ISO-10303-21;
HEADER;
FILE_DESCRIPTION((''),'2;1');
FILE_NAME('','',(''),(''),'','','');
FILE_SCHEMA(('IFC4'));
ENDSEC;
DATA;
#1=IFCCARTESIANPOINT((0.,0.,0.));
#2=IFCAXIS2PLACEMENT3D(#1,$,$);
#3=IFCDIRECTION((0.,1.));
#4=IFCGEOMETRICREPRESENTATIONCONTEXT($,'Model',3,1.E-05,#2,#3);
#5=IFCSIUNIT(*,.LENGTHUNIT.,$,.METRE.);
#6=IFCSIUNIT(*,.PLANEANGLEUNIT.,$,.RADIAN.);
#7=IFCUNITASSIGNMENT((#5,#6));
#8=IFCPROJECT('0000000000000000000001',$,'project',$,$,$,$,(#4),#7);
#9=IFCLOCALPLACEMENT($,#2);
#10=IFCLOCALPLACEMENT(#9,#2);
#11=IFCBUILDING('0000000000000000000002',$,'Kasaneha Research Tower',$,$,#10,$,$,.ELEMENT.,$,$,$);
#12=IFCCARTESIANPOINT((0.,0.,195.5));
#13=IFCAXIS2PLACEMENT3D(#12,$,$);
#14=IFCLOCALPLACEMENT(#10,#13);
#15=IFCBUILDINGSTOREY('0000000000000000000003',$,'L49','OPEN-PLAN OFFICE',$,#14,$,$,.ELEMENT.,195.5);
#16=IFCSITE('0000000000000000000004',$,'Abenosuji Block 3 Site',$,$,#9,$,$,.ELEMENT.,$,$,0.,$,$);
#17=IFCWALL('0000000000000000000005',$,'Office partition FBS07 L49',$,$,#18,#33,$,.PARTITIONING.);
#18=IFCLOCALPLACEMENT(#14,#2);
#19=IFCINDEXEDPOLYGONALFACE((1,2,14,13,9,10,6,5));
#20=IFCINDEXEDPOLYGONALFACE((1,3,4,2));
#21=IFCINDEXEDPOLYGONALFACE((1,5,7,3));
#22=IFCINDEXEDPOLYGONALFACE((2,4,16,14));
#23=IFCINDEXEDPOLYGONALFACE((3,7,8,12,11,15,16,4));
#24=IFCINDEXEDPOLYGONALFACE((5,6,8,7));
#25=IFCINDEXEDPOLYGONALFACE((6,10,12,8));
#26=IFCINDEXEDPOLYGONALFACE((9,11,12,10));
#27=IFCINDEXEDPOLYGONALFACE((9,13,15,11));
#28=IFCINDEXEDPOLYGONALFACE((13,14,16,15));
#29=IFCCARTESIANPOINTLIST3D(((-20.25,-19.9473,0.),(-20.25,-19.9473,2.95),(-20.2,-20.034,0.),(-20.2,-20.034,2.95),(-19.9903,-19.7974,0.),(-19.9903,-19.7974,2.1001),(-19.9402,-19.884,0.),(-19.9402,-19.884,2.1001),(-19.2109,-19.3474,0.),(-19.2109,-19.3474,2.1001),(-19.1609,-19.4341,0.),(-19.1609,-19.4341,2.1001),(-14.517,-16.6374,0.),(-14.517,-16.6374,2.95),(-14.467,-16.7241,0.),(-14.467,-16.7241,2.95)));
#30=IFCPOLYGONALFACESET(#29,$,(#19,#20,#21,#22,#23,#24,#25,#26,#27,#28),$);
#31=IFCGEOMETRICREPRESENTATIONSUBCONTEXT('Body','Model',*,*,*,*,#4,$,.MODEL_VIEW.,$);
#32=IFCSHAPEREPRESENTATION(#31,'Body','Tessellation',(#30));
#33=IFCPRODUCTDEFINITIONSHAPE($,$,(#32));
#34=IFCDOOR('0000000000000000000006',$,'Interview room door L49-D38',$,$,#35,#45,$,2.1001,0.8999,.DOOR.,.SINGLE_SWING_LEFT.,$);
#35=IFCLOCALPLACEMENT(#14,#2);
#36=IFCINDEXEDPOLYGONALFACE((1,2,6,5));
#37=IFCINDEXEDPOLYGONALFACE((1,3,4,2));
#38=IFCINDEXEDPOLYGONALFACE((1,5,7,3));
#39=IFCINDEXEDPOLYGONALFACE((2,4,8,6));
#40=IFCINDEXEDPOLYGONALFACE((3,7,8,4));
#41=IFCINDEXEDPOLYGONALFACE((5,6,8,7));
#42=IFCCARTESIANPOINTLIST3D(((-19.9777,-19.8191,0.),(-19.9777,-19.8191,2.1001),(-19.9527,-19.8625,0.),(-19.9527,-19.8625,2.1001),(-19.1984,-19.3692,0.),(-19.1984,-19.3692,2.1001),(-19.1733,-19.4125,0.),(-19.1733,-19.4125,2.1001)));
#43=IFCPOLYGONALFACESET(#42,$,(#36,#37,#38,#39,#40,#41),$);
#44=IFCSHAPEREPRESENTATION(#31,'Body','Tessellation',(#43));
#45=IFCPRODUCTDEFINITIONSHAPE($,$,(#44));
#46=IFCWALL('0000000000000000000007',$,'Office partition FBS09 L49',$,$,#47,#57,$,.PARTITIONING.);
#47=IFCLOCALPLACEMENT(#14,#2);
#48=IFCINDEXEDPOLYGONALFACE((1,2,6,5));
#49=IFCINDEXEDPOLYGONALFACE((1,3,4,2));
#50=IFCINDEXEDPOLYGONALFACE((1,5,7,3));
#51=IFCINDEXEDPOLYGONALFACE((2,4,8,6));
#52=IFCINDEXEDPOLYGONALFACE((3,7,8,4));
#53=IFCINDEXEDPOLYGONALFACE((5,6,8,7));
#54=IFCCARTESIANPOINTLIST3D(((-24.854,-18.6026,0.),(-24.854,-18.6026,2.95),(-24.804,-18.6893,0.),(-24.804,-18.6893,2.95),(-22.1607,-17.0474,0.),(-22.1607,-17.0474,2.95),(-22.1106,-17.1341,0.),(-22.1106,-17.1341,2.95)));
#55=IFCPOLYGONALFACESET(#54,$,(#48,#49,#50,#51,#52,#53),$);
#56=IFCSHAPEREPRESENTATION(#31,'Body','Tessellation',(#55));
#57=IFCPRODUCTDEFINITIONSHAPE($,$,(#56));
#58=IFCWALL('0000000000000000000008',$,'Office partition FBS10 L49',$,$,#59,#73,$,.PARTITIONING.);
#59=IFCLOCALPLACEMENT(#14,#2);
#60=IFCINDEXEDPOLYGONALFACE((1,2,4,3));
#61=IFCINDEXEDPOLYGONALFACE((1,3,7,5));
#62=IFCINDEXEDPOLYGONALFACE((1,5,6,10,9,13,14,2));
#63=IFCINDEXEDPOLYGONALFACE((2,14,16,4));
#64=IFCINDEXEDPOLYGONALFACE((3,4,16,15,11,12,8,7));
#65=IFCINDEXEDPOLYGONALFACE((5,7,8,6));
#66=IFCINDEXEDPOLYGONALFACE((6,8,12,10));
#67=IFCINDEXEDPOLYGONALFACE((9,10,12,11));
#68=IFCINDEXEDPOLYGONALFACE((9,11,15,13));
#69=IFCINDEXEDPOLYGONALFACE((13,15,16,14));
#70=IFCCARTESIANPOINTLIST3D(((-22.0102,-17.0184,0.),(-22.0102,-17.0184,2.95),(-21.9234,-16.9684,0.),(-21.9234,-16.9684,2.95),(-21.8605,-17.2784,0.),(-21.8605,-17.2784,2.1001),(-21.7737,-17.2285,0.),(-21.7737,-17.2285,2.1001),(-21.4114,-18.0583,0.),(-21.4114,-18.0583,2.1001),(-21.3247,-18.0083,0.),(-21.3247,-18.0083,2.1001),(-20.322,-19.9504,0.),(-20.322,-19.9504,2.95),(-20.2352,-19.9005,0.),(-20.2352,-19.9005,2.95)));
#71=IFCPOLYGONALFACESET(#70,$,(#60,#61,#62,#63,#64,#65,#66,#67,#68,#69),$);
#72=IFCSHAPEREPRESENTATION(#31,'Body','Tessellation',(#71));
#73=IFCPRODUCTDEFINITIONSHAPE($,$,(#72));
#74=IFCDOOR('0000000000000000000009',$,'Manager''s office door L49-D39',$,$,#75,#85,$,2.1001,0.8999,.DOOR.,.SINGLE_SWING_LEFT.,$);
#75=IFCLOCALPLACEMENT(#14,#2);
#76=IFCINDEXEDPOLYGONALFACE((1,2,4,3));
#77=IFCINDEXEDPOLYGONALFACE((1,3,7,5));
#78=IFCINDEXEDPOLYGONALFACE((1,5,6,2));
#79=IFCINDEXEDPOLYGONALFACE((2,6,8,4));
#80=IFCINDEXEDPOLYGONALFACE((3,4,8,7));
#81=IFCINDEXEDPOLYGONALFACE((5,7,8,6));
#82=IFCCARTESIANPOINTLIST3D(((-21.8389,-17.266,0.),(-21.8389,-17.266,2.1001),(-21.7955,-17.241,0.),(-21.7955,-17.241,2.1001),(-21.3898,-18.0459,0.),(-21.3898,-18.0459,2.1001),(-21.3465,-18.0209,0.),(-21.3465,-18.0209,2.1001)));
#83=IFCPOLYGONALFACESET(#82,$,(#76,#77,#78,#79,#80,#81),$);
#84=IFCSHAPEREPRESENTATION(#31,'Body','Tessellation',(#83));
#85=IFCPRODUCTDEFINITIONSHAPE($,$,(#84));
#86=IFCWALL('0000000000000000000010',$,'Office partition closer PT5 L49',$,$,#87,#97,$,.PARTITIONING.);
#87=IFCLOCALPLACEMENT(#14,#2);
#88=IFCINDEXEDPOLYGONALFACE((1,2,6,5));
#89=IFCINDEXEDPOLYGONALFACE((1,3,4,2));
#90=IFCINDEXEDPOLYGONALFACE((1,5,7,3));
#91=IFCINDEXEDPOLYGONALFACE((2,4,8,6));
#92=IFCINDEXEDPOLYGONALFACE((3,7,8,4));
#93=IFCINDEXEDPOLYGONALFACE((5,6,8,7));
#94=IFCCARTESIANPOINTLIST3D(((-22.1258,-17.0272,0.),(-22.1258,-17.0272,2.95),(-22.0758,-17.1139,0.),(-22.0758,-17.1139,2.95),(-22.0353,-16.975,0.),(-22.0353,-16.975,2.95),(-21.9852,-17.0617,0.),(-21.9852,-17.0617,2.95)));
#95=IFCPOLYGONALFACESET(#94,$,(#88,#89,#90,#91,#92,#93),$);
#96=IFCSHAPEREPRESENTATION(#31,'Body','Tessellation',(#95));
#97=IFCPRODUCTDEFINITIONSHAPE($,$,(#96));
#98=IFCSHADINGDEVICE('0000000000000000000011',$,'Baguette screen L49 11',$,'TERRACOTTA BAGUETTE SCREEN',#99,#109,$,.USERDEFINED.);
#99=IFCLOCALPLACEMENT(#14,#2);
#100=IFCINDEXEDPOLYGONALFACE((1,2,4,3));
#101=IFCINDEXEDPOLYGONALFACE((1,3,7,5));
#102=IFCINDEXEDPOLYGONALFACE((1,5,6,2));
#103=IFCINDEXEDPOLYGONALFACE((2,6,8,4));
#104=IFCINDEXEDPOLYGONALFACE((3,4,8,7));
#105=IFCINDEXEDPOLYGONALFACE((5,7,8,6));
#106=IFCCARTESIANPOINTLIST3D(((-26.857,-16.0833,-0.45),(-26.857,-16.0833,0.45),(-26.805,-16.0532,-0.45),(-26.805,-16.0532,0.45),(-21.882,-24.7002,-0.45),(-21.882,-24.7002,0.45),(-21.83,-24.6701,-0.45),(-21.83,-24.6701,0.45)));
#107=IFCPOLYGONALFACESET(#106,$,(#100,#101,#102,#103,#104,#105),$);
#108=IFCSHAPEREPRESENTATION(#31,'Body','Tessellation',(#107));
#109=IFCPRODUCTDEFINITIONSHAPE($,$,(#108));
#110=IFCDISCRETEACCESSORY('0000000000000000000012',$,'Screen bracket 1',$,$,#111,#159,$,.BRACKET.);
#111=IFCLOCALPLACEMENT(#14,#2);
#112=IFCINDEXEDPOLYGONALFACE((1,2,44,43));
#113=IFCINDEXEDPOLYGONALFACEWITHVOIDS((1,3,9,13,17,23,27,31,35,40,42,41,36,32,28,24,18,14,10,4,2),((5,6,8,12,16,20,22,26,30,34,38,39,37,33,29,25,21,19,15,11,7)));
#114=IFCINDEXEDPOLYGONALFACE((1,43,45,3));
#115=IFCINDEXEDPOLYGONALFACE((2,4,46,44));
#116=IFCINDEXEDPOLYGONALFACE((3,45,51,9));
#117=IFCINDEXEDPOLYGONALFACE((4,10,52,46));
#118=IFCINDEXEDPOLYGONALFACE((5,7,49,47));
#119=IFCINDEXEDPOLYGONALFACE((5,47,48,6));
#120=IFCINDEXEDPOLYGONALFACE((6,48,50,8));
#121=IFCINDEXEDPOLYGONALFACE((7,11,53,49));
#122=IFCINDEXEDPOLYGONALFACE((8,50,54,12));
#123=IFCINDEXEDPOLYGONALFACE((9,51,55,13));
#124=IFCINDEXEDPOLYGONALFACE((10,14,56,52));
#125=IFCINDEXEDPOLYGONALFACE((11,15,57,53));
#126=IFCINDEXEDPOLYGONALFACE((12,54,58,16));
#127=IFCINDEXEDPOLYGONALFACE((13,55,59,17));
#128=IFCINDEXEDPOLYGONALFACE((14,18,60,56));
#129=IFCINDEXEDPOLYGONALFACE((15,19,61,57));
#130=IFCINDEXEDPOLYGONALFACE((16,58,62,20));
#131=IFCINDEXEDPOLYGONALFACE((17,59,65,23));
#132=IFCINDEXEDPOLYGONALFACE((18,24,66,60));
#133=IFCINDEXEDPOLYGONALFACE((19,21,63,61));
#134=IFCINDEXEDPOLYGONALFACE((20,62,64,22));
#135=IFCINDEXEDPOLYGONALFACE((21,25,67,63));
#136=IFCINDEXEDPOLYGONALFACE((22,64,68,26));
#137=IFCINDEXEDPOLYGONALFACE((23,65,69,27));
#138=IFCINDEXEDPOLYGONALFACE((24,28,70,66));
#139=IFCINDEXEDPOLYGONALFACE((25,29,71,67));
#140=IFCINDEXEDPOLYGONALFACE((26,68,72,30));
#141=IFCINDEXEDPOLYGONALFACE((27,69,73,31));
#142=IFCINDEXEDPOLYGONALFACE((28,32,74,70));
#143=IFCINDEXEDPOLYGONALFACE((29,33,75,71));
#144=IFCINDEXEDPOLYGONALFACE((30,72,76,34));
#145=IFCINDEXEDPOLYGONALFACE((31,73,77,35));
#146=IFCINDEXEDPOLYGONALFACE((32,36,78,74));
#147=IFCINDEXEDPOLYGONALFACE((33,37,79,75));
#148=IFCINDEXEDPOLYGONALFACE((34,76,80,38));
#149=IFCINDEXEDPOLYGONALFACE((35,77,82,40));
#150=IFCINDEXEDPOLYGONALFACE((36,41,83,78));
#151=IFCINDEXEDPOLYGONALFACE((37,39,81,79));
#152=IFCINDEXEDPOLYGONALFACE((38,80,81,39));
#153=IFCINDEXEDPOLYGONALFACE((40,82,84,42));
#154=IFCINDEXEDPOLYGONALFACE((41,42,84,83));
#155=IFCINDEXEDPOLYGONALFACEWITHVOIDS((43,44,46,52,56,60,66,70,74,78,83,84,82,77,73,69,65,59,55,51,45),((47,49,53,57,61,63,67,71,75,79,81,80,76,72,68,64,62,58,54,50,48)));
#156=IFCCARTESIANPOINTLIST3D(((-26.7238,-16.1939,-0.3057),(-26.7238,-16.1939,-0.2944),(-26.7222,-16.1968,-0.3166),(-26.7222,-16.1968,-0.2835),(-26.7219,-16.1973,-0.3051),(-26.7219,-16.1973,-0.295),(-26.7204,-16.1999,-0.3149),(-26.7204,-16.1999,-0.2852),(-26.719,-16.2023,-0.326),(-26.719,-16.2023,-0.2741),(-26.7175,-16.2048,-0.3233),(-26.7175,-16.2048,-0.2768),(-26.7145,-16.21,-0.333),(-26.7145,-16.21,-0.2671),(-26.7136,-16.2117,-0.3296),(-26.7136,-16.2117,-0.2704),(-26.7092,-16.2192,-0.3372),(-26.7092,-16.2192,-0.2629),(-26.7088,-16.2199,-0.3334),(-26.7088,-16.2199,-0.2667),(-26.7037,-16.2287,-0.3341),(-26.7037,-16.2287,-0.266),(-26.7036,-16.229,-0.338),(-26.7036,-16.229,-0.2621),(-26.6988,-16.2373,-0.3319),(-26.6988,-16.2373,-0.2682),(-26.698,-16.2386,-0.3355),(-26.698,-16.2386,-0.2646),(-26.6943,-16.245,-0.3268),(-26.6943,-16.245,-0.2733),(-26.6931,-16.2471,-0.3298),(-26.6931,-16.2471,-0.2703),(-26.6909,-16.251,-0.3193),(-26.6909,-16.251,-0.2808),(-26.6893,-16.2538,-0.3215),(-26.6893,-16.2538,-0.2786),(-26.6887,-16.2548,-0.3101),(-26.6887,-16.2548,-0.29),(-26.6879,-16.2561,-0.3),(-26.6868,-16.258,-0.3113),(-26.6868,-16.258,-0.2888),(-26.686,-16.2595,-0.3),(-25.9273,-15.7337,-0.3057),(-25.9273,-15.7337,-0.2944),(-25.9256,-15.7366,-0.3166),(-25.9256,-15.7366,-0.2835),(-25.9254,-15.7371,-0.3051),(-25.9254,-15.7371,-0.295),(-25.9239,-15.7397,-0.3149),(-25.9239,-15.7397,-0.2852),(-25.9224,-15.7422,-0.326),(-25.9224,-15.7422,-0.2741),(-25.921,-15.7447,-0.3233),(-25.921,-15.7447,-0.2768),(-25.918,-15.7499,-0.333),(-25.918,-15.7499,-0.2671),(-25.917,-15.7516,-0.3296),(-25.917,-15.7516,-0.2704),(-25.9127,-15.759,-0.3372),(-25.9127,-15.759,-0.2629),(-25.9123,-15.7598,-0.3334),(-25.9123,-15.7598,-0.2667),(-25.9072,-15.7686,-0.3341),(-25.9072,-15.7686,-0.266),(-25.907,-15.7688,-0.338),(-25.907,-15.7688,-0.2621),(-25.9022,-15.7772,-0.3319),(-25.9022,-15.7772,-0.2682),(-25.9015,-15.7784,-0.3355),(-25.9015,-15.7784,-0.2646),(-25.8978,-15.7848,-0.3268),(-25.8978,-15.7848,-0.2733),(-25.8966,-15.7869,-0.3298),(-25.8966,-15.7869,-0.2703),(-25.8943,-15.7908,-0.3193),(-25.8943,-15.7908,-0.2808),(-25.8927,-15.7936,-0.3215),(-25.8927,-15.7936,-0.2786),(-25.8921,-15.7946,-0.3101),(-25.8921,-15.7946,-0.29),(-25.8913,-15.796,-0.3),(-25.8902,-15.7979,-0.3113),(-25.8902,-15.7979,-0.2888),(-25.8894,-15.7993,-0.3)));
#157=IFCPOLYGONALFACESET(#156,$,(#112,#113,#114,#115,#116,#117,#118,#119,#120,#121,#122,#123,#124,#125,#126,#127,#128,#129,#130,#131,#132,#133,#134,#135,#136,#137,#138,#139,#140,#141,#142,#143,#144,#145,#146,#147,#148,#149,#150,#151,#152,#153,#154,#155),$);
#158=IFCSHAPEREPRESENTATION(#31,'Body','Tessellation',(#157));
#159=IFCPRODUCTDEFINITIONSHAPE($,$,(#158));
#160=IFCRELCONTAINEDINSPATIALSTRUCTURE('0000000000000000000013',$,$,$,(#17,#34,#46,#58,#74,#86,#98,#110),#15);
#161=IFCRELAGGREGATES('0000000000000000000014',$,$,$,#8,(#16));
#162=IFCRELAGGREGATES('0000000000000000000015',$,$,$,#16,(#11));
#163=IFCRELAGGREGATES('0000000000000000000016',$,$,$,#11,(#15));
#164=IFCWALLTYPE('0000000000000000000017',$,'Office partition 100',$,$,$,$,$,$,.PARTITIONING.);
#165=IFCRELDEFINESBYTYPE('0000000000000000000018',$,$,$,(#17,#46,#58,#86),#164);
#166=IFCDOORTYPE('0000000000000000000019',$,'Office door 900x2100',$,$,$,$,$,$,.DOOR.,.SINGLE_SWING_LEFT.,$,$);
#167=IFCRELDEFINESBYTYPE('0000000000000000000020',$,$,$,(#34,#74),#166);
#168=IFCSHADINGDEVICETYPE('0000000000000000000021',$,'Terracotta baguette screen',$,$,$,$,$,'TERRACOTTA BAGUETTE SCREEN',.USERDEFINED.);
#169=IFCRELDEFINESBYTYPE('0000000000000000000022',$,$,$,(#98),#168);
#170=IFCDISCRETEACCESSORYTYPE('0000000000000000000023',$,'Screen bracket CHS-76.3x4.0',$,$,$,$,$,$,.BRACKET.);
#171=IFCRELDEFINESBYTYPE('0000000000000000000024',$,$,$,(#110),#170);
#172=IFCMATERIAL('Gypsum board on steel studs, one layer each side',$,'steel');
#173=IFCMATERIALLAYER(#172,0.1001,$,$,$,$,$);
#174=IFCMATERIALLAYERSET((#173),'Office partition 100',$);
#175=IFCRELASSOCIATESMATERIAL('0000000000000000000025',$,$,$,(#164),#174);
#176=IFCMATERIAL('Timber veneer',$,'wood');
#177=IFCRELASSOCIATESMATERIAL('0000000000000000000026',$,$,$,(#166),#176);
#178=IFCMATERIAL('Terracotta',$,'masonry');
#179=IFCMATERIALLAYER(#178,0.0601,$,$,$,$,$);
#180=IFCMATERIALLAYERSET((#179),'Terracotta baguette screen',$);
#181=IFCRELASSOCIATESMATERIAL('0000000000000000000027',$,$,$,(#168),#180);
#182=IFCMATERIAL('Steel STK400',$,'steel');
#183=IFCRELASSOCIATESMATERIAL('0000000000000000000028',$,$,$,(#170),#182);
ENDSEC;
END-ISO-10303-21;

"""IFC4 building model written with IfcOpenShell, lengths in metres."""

from ifc_helpers import new_model, si_unit, direction, frame, frame_2d, origin, origin_2d, place, context, subcontext, project, spatial, rectangle, hollow_circle, extrude, material, layer, layer_set, material_profile, profile_set, type_object, element, fill, save


model = new_model("IFC4")

# Units and contexts
model_context = context("Model", 3, precision=1e-05, world=origin(), true_north=direction((0.0, 1.0)))
body_context = subcontext(model_context, "Body", "Model", "MODEL_VIEW")
ifc_project = project(units=[si_unit("LENGTHUNIT", "METRE"), si_unit("PLANEANGLEUNIT", "RADIAN")], contexts=[model_context])

# Site, building, storey
site_placement = place(None, origin())
site = spatial("IfcSite", under=ifc_project, at=site_placement, Name="Abenosuji Block 3 Site", CompositionType="ELEMENT", RefElevation=0.0)
building_placement = place(site_placement, origin())
building = spatial("IfcBuilding", under=site, at=building_placement, Name="Kasaneha Research Tower", CompositionType="ELEMENT")
storey_placement = place(building_placement, frame((0.0, 0.0, 195.5)))
storey = spatial("IfcBuildingStorey", under=building, at=storey_placement, Name="L49", Description="OPEN-PLAN OFFICE", CompositionType="ELEMENT", Elevation=195.5)

# Shared definitions
ifc_material_1 = material(Name="Gypsum board on steel studs, one layer each side", Category="steel")
ifc_layer_1 = layer(ifc_material_1, 0.1001)
ifc_layer_set_1 = layer_set([ifc_layer_1], Name="Office partition 100")
wall_type = type_object("IfcWallType", Name="Office partition 100", PredefinedType="PARTITIONING", material=ifc_layer_set_1)

# Wall, opening, door
wall_1_placement = place(storey_placement, frame((-20.2251, -19.9907, 0.0), z_axis=(0.0, 0.0, 1.0), x_axis=(0.866031, 0.499991, 0.0)))
wall_1 = element("IfcWall", 1, at=wall_1_placement, inside=storey, type_object=wall_type, Name="Office partition FBS07 L49", PredefinedType="PARTITIONING", context=body_context, shape_type="SweptSolid", body=[
    extrude(rectangle(XDim=6.6199, YDim=0.1001, at=frame_2d((3.3101, 0.0))), origin(), (0.0, 0.0, 1.0), 2.95),
])
opening_1_placement = place(wall_1_placement, frame((0.3, 0.0, 0.0)))
opening_1 = element("IfcOpeningElement", 2, at=opening_1_placement, cuts=wall_1, PredefinedType="OPENING", context=body_context, shape_type="SweptSolid", body=[
    extrude(rectangle(XDim=0.8999, YDim=2.1001, at=frame_2d((0.45, 1.05))), frame((0.0, 0.0601, 0.0), z_axis=(0.0, -1.0, 0.0), x_axis=(1.0, 0.0, 0.0)), (0.0, 0.0, 1.0), 0.1201),
])
ifc_material_2 = material(Name="Timber veneer", Category="wood")
door_type = type_object("IfcDoorType", Name="Office door 900x2100", OperationType="SINGLE_SWING_LEFT", PredefinedType="DOOR", material=ifc_material_2)
door_1_placement = place(opening_1_placement, origin())
door_1 = element("IfcDoor", 3, at=door_1_placement, inside=storey, type_object=door_type, Name="Interview room door L49-D38", OperationType="SINGLE_SWING_LEFT", OverallHeight=2.1001, OverallWidth=0.8999, PredefinedType="DOOR", context=body_context, shape_type="SweptSolid", body=[
    extrude(rectangle(XDim=0.8999, YDim=2.1001, at=frame_2d((0.45, 1.05))), frame((0.0, 0.0249, 0.0), z_axis=(0.0, -1.0, 0.0), x_axis=(1.0, 0.0, 0.0)), (0.0, 0.0, 1.0), 0.05),
])
fill(opening_1, door_1)

# Wall
wall_2_placement = place(storey_placement, frame((-24.8291, -18.646, 0.0), z_axis=(0.0, 0.0, 1.0), x_axis=(0.866003, 0.50004, 0.0)))
element("IfcWall", 4, at=wall_2_placement, inside=storey, type_object=wall_type, Name="Office partition FBS09 L49", PredefinedType="PARTITIONING", context=body_context, shape_type="SweptSolid", body=[
    extrude(rectangle(XDim=3.1101, YDim=0.1001, at=frame_2d((1.5552, 0.0))), origin(), (0.0, 0.0, 1.0), 2.95),
])

# Wall, opening, door
wall_3_placement = place(storey_placement, frame((-21.9668, -16.9934, 0.0), z_axis=(0.0, 0.0, 1.0), x_axis=(0.498973, -0.866618, 0.0)))
wall_3 = element("IfcWall", 5, at=wall_3_placement, inside=storey, type_object=wall_type, Name="Office partition FBS10 L49", PredefinedType="PARTITIONING", context=body_context, shape_type="SweptSolid", body=[
    extrude(rectangle(XDim=3.3833, YDim=0.1001, at=frame_2d((1.6917, 0.0))), origin(), (0.0, 0.0, 1.0), 2.95),
])
opening_2_placement = place(wall_3_placement, frame((0.3, 0.0, 0.0)))
opening_2 = element("IfcOpeningElement", 6, at=opening_2_placement, cuts=wall_3, PredefinedType="OPENING", context=body_context, shape_type="SweptSolid", body=[
    extrude(rectangle(XDim=0.8999, YDim=2.1001, at=frame_2d((0.45, 1.05))), frame((0.0, 0.0601, 0.0), z_axis=(0.0, -1.0, 0.0), x_axis=(1.0, 0.0, 0.0)), (0.0, 0.0, 1.0), 0.1201),
])
door_2_placement = place(opening_2_placement, origin())
door_2 = element("IfcDoor", 7, at=door_2_placement, inside=storey, type_object=door_type, Name="Manager's office door L49-D39", OperationType="SINGLE_SWING_LEFT", OverallHeight=2.1001, OverallWidth=0.8999, PredefinedType="DOOR", context=body_context, shape_type="SweptSolid", body=[
    extrude(rectangle(XDim=0.8999, YDim=2.1001, at=frame_2d((0.45, 1.05))), frame((0.0, 0.0249, 0.0), z_axis=(0.0, -1.0, 0.0), x_axis=(1.0, 0.0, 0.0)), (0.0, 0.0, 1.0), 0.05),
])
fill(opening_2, door_2)

# Wall
wall_4_placement = place(storey_placement, frame((-22.0103, -17.0183, 0.0), z_axis=(0.0, 0.0, 1.0), x_axis=(-0.866224, -0.499655, 0.0)))
element("IfcWall", 8, at=wall_4_placement, inside=storey, type_object=wall_type, Name="Office partition closer PT5 L49", PredefinedType="PARTITIONING", context=body_context, shape_type="SweptSolid", body=[
    extrude(rectangle(XDim=0.1045, YDim=0.1001, at=frame_2d((0.0522, 0.0))), origin(), (0.0, 0.0, 1.0), 2.95),
])

# Shading device
ifc_material_3 = material(Name="Terracotta", Category="masonry")
ifc_layer_2 = layer(ifc_material_3, 0.0601)
ifc_layer_set_2 = layer_set([ifc_layer_2], Name="Terracotta baguette screen")
shading_device_type = type_object("IfcShadingDeviceType", Name="Terracotta baguette screen", ElementType="TERRACOTTA BAGUETTE SCREEN", PredefinedType="USERDEFINED", material=ifc_layer_set_2)
shading_device_placement = place(storey_placement, frame((-24.3435, -20.3767, -0.45), z_axis=(0.0, 0.0, 1.0), x_axis=(0.5, -0.866025, 0.0)))
element("IfcShadingDevice", 9, at=shading_device_placement, inside=storey, type_object=shading_device_type, Name="Baguette screen L49 11", ObjectType="TERRACOTTA BAGUETTE SCREEN", PredefinedType="USERDEFINED", context=body_context, shape_type="SweptSolid", body=[
    extrude(rectangle(XDim=9.95, YDim=0.0601, at=origin_2d()), origin(), (0.0, 0.0, 1.0), 0.8999),
])

# Discrete accessory
ifc_material_4 = material(Name="Steel STK400", Category="steel")
ifc_material_profile_1 = material_profile(ifc_material_4, hollow_circle(Radius=0.0381, WallThickness=0.0039, at=origin_2d()), Name="CHS-76.3x4.0")
ifc_profile_set_1 = profile_set([ifc_material_profile_1], Name="Steel STK400")
discrete_accessory_type = type_object("IfcDiscreteAccessoryType", Name="Screen bracket CHS-76.3x4.0", PredefinedType="BRACKET", material=ifc_profile_set_1)
discrete_accessory_1_placement = place(storey_placement, frame((-25.9084, -15.7664, -0.3), z_axis=(-0.865898, -0.50022, 0.0), x_axis=(0.50022, -0.865898, 0.0)))
element("IfcDiscreteAccessory", 10, at=discrete_accessory_1_placement, inside=storey, type_object=discrete_accessory_type, Name="Screen bracket 1", PredefinedType="BRACKET", context=body_context, shape_type="SweptSolid", body=[
    extrude(hollow_circle(Radius=0.0381, WallThickness=0.0039, at=origin_2d()), origin(), (0.0, 0.0, 1.0), 0.9199),
])

save(model, "model.ifc")
